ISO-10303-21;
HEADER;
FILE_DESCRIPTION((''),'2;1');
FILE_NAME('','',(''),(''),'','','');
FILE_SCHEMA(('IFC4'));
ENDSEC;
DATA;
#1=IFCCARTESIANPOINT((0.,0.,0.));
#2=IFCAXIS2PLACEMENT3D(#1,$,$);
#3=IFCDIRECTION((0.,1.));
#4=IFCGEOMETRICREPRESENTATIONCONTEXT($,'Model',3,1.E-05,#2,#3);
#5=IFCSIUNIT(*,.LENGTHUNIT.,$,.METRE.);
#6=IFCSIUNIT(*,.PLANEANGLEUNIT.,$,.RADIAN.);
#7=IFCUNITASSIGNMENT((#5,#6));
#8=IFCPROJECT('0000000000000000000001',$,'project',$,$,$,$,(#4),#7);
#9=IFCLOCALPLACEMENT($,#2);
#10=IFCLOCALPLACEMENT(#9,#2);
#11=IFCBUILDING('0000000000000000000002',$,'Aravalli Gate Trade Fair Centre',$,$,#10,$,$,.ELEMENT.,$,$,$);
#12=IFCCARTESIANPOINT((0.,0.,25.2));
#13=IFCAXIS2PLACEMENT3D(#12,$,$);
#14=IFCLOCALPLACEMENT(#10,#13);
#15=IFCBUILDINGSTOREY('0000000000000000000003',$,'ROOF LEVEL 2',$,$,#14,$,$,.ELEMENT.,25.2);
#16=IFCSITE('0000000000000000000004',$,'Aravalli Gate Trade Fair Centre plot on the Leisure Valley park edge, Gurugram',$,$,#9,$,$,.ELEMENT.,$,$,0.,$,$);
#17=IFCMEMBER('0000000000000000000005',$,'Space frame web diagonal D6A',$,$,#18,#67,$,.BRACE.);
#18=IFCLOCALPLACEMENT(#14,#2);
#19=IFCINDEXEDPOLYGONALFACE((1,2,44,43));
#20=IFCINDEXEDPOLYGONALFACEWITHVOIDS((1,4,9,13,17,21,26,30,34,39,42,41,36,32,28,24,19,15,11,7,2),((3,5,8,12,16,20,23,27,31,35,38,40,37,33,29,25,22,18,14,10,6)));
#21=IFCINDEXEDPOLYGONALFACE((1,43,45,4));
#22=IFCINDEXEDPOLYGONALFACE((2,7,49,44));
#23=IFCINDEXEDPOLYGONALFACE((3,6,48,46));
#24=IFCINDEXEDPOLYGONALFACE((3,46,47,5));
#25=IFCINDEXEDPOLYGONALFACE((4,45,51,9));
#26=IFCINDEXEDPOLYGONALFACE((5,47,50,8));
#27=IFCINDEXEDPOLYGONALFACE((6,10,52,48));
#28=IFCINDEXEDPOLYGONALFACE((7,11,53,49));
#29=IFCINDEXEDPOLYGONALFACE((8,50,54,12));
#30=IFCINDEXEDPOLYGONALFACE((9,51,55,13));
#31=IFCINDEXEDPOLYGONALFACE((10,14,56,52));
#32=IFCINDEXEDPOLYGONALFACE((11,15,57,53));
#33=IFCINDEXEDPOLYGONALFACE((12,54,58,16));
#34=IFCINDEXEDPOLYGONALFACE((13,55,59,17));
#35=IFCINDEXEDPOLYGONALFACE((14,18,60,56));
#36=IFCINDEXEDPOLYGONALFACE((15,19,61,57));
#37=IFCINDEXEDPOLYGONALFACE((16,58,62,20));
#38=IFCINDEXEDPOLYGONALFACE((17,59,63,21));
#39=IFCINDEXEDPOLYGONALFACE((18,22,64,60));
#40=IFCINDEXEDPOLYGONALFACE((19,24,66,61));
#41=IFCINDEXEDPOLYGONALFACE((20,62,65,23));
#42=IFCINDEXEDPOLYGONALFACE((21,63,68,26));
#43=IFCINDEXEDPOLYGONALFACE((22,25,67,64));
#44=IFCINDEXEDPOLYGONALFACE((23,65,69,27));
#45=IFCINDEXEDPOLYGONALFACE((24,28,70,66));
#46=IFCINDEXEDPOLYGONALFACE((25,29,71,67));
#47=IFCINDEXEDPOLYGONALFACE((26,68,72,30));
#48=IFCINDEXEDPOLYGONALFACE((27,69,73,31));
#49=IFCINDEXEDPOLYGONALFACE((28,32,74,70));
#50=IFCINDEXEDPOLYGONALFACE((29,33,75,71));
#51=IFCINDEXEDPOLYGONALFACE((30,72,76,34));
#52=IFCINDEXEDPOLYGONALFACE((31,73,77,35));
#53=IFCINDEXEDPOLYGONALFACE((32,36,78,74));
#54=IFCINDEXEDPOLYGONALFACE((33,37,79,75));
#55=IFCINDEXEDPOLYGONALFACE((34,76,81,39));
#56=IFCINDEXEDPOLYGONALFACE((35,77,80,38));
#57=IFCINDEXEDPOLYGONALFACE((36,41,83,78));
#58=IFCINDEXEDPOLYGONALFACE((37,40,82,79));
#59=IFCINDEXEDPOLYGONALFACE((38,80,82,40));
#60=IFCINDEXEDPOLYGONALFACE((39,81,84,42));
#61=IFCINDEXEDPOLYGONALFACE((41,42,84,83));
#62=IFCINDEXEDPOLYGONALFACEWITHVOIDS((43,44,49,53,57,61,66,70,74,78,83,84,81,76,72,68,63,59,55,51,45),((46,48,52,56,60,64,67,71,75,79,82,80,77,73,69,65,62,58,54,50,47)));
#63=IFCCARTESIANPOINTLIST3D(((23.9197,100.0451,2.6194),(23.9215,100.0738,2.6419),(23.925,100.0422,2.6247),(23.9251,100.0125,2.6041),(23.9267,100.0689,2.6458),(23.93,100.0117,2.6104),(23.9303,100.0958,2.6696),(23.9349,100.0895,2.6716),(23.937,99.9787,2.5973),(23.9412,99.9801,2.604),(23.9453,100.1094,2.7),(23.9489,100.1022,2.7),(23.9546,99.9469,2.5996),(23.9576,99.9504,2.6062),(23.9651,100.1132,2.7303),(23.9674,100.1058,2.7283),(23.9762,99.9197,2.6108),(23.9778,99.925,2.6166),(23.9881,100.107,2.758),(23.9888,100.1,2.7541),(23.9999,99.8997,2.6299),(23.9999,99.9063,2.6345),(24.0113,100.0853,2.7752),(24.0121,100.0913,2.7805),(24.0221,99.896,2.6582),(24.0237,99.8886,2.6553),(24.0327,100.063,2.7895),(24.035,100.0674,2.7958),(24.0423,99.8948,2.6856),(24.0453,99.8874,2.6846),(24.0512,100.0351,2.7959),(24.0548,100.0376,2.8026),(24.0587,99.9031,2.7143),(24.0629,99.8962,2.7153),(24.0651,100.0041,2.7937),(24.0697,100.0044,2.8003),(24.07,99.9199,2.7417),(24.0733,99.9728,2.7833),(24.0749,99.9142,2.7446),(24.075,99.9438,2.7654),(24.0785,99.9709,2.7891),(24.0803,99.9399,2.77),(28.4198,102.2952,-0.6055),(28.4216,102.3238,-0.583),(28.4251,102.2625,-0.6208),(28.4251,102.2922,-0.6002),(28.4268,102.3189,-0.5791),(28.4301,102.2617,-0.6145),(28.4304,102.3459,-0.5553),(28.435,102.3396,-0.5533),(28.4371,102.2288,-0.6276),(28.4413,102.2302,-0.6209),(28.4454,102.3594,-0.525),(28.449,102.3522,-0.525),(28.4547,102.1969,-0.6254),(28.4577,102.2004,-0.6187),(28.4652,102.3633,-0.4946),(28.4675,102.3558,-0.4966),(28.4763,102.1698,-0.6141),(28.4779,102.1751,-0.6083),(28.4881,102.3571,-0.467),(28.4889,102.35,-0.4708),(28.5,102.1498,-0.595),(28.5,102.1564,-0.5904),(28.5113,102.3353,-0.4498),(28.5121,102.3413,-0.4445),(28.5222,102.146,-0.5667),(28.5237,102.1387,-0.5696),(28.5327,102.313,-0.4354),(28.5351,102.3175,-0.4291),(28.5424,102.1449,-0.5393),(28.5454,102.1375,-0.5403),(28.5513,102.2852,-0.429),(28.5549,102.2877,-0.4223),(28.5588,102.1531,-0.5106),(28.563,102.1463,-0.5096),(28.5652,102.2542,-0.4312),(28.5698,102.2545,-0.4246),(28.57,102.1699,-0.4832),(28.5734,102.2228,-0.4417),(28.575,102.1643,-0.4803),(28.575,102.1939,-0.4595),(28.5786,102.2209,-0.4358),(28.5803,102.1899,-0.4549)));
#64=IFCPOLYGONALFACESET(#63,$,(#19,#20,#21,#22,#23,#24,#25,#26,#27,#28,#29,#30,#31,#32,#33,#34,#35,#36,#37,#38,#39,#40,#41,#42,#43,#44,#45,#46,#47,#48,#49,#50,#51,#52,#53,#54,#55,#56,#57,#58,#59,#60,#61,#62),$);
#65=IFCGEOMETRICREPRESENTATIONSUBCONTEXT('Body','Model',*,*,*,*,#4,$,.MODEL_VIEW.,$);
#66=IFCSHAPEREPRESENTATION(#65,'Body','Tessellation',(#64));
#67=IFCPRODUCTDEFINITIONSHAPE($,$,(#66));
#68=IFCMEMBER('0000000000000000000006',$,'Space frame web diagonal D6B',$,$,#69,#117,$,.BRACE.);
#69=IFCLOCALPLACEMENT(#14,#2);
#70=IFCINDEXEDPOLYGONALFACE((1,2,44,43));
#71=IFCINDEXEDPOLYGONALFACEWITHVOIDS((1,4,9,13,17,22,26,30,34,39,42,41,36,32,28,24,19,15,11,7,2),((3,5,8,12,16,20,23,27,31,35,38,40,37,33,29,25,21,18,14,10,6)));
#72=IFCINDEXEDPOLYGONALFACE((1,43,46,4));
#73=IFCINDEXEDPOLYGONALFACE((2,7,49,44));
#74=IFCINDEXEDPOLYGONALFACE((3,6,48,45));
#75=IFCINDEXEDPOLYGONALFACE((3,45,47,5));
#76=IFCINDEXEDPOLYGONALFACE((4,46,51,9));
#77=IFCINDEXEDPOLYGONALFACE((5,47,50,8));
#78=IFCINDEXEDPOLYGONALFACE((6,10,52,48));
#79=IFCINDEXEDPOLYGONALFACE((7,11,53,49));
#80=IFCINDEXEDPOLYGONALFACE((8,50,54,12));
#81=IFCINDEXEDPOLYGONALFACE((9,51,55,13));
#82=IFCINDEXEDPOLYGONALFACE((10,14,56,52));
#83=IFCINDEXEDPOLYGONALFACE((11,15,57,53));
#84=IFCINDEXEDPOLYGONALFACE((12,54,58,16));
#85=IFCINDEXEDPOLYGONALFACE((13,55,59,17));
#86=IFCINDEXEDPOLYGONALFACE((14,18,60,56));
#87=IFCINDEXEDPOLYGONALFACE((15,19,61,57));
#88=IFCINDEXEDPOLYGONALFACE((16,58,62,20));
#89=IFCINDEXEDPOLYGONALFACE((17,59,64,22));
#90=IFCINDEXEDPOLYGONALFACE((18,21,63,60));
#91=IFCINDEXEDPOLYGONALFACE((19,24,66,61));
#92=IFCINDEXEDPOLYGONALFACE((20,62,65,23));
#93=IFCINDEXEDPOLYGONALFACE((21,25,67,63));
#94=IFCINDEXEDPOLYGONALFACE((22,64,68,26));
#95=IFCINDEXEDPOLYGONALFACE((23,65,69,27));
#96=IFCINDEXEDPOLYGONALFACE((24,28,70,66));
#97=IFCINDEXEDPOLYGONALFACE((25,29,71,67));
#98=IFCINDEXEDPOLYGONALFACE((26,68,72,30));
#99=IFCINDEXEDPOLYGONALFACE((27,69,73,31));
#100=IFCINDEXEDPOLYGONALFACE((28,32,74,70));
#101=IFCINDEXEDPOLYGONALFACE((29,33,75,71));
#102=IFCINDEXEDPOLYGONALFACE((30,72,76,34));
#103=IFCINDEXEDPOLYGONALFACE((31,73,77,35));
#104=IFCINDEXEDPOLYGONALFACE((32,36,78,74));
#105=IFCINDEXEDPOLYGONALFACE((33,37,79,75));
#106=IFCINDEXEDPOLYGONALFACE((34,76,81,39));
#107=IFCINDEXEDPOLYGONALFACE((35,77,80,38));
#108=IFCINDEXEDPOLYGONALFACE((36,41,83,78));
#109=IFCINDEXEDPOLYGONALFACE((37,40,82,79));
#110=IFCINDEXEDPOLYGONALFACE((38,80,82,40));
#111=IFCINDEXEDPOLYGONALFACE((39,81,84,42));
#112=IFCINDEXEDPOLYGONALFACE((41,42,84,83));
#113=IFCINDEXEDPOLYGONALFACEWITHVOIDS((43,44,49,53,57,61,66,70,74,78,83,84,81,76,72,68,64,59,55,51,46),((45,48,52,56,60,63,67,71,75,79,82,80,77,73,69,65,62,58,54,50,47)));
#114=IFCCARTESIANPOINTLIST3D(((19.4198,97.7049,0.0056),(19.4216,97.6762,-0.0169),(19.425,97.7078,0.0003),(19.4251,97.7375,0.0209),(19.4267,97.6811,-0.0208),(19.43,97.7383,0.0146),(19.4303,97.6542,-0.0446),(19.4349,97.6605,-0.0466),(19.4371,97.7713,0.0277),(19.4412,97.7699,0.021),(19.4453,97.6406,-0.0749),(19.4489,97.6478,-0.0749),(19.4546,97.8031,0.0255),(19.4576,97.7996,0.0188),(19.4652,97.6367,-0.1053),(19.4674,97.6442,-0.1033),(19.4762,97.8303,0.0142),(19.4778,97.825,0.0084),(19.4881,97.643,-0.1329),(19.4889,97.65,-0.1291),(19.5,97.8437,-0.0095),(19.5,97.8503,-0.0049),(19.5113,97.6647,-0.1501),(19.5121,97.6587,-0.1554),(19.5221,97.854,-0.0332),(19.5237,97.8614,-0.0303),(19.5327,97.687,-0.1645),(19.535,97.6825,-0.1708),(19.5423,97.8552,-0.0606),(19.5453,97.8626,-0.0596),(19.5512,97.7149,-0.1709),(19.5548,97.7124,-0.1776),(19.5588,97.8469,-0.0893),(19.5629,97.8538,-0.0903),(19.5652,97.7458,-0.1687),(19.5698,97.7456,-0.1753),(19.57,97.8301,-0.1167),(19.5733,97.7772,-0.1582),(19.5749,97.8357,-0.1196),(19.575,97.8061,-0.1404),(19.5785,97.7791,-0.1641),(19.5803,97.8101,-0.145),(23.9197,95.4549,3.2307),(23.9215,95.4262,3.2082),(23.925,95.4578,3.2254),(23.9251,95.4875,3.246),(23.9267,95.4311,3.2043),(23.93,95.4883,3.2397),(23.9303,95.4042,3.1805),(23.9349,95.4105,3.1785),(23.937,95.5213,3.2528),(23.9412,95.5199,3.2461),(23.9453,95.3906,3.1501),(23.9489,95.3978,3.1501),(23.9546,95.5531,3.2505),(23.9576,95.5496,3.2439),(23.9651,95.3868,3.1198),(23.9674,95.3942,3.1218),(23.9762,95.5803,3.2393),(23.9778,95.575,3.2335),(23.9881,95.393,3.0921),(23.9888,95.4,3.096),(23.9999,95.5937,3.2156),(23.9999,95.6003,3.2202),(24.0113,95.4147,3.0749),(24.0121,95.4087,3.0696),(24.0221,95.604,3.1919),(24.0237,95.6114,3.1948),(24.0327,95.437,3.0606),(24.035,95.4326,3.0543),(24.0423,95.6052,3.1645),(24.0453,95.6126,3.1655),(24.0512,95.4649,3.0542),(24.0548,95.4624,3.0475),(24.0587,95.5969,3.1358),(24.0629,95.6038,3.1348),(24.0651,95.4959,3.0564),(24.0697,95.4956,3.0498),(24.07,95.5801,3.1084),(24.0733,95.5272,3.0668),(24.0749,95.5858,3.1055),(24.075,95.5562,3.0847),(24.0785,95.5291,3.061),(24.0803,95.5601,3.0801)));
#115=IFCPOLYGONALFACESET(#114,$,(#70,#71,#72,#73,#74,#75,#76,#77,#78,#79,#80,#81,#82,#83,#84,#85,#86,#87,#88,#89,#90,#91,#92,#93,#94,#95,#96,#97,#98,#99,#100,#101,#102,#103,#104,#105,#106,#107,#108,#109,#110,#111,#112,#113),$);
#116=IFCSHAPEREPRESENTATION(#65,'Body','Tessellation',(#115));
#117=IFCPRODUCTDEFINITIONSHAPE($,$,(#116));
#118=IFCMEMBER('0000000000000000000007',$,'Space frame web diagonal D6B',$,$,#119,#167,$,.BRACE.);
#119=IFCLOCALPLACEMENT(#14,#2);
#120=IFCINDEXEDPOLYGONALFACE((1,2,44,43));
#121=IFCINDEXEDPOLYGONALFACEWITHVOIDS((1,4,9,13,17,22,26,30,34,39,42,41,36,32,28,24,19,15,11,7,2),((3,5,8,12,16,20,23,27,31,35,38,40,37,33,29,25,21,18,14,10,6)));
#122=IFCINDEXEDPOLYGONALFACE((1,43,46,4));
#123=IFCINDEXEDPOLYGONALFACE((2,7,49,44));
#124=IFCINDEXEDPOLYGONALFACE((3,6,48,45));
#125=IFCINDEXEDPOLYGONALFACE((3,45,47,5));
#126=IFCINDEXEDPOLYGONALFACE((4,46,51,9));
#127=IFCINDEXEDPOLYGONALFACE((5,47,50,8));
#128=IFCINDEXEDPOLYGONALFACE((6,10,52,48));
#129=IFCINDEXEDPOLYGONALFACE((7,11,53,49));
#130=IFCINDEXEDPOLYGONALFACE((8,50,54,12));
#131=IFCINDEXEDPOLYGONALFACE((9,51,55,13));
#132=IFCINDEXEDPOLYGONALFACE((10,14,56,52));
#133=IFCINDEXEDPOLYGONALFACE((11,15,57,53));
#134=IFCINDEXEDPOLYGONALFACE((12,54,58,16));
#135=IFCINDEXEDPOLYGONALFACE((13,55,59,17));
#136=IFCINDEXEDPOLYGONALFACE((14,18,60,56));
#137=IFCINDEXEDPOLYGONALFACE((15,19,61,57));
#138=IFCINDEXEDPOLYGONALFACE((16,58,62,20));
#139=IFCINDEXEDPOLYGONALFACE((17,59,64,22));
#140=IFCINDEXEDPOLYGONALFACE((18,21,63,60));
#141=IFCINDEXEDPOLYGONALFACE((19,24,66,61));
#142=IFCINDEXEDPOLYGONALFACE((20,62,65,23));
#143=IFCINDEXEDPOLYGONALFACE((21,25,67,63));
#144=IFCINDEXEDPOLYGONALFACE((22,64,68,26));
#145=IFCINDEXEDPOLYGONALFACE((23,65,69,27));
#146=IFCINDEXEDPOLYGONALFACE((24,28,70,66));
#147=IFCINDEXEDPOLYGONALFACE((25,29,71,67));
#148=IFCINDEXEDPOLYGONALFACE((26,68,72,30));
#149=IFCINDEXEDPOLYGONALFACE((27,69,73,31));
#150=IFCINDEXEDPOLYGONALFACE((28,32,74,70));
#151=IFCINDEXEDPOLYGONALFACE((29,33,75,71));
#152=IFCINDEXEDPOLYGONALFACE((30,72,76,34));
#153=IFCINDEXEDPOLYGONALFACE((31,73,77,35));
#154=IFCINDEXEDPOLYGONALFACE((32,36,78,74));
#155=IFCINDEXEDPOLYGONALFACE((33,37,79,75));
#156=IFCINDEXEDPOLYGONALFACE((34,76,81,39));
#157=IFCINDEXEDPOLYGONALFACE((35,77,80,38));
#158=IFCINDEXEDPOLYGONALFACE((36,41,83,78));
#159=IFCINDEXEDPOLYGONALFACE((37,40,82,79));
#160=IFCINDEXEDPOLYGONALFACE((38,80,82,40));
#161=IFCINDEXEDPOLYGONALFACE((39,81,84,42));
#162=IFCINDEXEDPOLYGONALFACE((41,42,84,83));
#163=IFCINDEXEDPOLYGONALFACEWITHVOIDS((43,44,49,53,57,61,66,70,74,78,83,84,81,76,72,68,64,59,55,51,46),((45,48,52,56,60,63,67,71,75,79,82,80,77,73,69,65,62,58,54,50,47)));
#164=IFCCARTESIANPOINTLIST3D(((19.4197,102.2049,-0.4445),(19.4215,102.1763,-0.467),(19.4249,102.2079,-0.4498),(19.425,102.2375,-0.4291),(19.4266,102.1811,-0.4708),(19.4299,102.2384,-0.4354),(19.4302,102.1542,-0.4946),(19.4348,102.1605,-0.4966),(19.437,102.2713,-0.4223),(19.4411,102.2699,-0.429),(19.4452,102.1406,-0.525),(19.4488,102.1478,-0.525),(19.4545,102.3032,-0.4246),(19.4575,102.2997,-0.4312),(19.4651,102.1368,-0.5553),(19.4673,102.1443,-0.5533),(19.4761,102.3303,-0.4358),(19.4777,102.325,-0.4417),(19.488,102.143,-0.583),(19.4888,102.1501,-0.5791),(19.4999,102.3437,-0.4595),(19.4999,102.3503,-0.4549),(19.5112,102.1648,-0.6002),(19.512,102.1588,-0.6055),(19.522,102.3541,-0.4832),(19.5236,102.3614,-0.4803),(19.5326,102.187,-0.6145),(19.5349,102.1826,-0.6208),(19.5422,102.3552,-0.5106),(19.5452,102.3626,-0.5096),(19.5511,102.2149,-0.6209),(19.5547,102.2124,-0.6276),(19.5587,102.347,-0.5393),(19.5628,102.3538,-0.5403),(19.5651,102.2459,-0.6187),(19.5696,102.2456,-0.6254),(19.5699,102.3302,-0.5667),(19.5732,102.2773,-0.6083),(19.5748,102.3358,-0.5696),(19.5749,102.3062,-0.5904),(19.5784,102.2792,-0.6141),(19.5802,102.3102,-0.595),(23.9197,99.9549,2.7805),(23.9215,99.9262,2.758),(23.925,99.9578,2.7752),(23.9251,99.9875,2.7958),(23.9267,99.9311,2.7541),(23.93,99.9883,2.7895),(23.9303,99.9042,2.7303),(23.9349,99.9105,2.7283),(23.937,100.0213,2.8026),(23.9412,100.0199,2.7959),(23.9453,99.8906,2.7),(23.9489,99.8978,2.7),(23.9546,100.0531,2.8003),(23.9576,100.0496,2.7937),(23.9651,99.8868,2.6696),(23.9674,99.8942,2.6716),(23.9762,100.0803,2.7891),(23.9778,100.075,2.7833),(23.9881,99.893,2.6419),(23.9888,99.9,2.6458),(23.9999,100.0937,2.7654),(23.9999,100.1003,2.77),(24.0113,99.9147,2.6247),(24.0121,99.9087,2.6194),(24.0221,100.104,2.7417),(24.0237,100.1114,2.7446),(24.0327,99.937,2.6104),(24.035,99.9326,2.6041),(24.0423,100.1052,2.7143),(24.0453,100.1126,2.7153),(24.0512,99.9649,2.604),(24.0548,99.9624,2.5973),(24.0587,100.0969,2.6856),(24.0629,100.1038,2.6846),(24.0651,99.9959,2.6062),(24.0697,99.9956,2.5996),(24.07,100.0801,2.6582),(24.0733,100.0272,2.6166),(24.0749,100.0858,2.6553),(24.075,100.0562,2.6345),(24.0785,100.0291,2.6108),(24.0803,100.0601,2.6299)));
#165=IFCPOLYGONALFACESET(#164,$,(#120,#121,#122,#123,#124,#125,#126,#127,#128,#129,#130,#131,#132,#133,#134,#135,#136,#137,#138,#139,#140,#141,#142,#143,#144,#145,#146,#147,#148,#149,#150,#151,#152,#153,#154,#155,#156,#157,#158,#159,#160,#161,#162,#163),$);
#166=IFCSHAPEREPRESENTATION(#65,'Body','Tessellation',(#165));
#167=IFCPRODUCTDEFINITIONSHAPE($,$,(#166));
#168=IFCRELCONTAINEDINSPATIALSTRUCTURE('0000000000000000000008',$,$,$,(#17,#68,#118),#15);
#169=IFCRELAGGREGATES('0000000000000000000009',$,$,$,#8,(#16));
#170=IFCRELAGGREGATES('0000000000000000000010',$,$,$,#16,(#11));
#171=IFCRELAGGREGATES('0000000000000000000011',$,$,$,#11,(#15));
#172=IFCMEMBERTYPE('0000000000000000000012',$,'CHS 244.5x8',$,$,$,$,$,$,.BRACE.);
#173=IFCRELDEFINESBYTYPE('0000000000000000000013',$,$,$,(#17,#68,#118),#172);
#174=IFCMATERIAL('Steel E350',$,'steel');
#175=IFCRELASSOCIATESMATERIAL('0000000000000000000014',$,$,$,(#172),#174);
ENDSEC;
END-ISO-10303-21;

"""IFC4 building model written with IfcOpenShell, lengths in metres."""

from ifc_helpers import new_model, si_unit, direction, frame, origin, origin_2d, place, context, subcontext, project, spatial, hollow_circle, extrude, material, material_profile, profile_set, type_object, element, save


model = new_model("IFC4")

# Units and contexts
model_context = context("Model", 3, precision=1e-05, world=origin(), true_north=direction((0.0, 1.0)))
body_context = subcontext(model_context, "Body", "Model", "MODEL_VIEW")
ifc_project = project(units=[si_unit("LENGTHUNIT", "METRE"), si_unit("PLANEANGLEUNIT", "RADIAN")], contexts=[model_context])

# Site, building, storey
site_placement = place(None, origin())
site = spatial("IfcSite", under=ifc_project, at=site_placement, Name="Aravalli Gate Trade Fair Centre plot on the Leisure Valley park edge, Gurugram", CompositionType="ELEMENT", RefElevation=0.0)
building_placement = place(site_placement, origin())
building = spatial("IfcBuilding", under=site, at=building_placement, Name="Aravalli Gate Trade Fair Centre", CompositionType="ELEMENT")
storey_placement = place(building_placement, frame((0.0, 0.0, 25.2)))
storey = spatial("IfcBuildingStorey", under=building, at=storey_placement, Name="ROOF LEVEL 2", CompositionType="ELEMENT", Elevation=25.2)

# Members
ifc_material_1 = material(Name="Steel E350", Category="steel")
ifc_material_profile_1 = material_profile(ifc_material_1, hollow_circle(Radius=0.1223, WallThickness=0.0081, at=origin_2d()), Name="CHS 244.5x8")
ifc_profile_set_1 = profile_set([ifc_material_profile_1], Name="Steel E350")
member_type_1 = type_object("IfcMemberType", Name="CHS 244.5x8", PredefinedType="BRACE", material=ifc_profile_set_1)
for number, where, z_axis, x_axis, name in (
    (1, (24.0, 100.0, 2.7), (0.753016, 0.376508, -0.539637), (-0.447214, 0.894427, 0.0), "Space frame web diagonal D6A"),
    (2, (24.0, 95.5, 3.1501), (-0.753, 0.3765, -0.539666), (-0.447214, -0.894427, 0.0), "Space frame web diagonal D6B"),
    (3, (24.0, 100.0, 2.7), (-0.753016, 0.376508, -0.539637), (-0.447214, -0.894427, 0.0), "Space frame web diagonal D6B"),
):
    element("IfcMember", number, at=place(storey_placement, frame(where, z_axis=z_axis, x_axis=x_axis)), inside=storey, type_object=member_type_1, Name=name, PredefinedType="BRACE", context=body_context, shape_type="SweptSolid", body=[
        extrude(hollow_circle(Radius=0.1223, WallThickness=0.0081, at=origin_2d()), origin(), (0.0, 0.0, 1.0), 5.9761),
    ])

save(model, "model.ifc")
